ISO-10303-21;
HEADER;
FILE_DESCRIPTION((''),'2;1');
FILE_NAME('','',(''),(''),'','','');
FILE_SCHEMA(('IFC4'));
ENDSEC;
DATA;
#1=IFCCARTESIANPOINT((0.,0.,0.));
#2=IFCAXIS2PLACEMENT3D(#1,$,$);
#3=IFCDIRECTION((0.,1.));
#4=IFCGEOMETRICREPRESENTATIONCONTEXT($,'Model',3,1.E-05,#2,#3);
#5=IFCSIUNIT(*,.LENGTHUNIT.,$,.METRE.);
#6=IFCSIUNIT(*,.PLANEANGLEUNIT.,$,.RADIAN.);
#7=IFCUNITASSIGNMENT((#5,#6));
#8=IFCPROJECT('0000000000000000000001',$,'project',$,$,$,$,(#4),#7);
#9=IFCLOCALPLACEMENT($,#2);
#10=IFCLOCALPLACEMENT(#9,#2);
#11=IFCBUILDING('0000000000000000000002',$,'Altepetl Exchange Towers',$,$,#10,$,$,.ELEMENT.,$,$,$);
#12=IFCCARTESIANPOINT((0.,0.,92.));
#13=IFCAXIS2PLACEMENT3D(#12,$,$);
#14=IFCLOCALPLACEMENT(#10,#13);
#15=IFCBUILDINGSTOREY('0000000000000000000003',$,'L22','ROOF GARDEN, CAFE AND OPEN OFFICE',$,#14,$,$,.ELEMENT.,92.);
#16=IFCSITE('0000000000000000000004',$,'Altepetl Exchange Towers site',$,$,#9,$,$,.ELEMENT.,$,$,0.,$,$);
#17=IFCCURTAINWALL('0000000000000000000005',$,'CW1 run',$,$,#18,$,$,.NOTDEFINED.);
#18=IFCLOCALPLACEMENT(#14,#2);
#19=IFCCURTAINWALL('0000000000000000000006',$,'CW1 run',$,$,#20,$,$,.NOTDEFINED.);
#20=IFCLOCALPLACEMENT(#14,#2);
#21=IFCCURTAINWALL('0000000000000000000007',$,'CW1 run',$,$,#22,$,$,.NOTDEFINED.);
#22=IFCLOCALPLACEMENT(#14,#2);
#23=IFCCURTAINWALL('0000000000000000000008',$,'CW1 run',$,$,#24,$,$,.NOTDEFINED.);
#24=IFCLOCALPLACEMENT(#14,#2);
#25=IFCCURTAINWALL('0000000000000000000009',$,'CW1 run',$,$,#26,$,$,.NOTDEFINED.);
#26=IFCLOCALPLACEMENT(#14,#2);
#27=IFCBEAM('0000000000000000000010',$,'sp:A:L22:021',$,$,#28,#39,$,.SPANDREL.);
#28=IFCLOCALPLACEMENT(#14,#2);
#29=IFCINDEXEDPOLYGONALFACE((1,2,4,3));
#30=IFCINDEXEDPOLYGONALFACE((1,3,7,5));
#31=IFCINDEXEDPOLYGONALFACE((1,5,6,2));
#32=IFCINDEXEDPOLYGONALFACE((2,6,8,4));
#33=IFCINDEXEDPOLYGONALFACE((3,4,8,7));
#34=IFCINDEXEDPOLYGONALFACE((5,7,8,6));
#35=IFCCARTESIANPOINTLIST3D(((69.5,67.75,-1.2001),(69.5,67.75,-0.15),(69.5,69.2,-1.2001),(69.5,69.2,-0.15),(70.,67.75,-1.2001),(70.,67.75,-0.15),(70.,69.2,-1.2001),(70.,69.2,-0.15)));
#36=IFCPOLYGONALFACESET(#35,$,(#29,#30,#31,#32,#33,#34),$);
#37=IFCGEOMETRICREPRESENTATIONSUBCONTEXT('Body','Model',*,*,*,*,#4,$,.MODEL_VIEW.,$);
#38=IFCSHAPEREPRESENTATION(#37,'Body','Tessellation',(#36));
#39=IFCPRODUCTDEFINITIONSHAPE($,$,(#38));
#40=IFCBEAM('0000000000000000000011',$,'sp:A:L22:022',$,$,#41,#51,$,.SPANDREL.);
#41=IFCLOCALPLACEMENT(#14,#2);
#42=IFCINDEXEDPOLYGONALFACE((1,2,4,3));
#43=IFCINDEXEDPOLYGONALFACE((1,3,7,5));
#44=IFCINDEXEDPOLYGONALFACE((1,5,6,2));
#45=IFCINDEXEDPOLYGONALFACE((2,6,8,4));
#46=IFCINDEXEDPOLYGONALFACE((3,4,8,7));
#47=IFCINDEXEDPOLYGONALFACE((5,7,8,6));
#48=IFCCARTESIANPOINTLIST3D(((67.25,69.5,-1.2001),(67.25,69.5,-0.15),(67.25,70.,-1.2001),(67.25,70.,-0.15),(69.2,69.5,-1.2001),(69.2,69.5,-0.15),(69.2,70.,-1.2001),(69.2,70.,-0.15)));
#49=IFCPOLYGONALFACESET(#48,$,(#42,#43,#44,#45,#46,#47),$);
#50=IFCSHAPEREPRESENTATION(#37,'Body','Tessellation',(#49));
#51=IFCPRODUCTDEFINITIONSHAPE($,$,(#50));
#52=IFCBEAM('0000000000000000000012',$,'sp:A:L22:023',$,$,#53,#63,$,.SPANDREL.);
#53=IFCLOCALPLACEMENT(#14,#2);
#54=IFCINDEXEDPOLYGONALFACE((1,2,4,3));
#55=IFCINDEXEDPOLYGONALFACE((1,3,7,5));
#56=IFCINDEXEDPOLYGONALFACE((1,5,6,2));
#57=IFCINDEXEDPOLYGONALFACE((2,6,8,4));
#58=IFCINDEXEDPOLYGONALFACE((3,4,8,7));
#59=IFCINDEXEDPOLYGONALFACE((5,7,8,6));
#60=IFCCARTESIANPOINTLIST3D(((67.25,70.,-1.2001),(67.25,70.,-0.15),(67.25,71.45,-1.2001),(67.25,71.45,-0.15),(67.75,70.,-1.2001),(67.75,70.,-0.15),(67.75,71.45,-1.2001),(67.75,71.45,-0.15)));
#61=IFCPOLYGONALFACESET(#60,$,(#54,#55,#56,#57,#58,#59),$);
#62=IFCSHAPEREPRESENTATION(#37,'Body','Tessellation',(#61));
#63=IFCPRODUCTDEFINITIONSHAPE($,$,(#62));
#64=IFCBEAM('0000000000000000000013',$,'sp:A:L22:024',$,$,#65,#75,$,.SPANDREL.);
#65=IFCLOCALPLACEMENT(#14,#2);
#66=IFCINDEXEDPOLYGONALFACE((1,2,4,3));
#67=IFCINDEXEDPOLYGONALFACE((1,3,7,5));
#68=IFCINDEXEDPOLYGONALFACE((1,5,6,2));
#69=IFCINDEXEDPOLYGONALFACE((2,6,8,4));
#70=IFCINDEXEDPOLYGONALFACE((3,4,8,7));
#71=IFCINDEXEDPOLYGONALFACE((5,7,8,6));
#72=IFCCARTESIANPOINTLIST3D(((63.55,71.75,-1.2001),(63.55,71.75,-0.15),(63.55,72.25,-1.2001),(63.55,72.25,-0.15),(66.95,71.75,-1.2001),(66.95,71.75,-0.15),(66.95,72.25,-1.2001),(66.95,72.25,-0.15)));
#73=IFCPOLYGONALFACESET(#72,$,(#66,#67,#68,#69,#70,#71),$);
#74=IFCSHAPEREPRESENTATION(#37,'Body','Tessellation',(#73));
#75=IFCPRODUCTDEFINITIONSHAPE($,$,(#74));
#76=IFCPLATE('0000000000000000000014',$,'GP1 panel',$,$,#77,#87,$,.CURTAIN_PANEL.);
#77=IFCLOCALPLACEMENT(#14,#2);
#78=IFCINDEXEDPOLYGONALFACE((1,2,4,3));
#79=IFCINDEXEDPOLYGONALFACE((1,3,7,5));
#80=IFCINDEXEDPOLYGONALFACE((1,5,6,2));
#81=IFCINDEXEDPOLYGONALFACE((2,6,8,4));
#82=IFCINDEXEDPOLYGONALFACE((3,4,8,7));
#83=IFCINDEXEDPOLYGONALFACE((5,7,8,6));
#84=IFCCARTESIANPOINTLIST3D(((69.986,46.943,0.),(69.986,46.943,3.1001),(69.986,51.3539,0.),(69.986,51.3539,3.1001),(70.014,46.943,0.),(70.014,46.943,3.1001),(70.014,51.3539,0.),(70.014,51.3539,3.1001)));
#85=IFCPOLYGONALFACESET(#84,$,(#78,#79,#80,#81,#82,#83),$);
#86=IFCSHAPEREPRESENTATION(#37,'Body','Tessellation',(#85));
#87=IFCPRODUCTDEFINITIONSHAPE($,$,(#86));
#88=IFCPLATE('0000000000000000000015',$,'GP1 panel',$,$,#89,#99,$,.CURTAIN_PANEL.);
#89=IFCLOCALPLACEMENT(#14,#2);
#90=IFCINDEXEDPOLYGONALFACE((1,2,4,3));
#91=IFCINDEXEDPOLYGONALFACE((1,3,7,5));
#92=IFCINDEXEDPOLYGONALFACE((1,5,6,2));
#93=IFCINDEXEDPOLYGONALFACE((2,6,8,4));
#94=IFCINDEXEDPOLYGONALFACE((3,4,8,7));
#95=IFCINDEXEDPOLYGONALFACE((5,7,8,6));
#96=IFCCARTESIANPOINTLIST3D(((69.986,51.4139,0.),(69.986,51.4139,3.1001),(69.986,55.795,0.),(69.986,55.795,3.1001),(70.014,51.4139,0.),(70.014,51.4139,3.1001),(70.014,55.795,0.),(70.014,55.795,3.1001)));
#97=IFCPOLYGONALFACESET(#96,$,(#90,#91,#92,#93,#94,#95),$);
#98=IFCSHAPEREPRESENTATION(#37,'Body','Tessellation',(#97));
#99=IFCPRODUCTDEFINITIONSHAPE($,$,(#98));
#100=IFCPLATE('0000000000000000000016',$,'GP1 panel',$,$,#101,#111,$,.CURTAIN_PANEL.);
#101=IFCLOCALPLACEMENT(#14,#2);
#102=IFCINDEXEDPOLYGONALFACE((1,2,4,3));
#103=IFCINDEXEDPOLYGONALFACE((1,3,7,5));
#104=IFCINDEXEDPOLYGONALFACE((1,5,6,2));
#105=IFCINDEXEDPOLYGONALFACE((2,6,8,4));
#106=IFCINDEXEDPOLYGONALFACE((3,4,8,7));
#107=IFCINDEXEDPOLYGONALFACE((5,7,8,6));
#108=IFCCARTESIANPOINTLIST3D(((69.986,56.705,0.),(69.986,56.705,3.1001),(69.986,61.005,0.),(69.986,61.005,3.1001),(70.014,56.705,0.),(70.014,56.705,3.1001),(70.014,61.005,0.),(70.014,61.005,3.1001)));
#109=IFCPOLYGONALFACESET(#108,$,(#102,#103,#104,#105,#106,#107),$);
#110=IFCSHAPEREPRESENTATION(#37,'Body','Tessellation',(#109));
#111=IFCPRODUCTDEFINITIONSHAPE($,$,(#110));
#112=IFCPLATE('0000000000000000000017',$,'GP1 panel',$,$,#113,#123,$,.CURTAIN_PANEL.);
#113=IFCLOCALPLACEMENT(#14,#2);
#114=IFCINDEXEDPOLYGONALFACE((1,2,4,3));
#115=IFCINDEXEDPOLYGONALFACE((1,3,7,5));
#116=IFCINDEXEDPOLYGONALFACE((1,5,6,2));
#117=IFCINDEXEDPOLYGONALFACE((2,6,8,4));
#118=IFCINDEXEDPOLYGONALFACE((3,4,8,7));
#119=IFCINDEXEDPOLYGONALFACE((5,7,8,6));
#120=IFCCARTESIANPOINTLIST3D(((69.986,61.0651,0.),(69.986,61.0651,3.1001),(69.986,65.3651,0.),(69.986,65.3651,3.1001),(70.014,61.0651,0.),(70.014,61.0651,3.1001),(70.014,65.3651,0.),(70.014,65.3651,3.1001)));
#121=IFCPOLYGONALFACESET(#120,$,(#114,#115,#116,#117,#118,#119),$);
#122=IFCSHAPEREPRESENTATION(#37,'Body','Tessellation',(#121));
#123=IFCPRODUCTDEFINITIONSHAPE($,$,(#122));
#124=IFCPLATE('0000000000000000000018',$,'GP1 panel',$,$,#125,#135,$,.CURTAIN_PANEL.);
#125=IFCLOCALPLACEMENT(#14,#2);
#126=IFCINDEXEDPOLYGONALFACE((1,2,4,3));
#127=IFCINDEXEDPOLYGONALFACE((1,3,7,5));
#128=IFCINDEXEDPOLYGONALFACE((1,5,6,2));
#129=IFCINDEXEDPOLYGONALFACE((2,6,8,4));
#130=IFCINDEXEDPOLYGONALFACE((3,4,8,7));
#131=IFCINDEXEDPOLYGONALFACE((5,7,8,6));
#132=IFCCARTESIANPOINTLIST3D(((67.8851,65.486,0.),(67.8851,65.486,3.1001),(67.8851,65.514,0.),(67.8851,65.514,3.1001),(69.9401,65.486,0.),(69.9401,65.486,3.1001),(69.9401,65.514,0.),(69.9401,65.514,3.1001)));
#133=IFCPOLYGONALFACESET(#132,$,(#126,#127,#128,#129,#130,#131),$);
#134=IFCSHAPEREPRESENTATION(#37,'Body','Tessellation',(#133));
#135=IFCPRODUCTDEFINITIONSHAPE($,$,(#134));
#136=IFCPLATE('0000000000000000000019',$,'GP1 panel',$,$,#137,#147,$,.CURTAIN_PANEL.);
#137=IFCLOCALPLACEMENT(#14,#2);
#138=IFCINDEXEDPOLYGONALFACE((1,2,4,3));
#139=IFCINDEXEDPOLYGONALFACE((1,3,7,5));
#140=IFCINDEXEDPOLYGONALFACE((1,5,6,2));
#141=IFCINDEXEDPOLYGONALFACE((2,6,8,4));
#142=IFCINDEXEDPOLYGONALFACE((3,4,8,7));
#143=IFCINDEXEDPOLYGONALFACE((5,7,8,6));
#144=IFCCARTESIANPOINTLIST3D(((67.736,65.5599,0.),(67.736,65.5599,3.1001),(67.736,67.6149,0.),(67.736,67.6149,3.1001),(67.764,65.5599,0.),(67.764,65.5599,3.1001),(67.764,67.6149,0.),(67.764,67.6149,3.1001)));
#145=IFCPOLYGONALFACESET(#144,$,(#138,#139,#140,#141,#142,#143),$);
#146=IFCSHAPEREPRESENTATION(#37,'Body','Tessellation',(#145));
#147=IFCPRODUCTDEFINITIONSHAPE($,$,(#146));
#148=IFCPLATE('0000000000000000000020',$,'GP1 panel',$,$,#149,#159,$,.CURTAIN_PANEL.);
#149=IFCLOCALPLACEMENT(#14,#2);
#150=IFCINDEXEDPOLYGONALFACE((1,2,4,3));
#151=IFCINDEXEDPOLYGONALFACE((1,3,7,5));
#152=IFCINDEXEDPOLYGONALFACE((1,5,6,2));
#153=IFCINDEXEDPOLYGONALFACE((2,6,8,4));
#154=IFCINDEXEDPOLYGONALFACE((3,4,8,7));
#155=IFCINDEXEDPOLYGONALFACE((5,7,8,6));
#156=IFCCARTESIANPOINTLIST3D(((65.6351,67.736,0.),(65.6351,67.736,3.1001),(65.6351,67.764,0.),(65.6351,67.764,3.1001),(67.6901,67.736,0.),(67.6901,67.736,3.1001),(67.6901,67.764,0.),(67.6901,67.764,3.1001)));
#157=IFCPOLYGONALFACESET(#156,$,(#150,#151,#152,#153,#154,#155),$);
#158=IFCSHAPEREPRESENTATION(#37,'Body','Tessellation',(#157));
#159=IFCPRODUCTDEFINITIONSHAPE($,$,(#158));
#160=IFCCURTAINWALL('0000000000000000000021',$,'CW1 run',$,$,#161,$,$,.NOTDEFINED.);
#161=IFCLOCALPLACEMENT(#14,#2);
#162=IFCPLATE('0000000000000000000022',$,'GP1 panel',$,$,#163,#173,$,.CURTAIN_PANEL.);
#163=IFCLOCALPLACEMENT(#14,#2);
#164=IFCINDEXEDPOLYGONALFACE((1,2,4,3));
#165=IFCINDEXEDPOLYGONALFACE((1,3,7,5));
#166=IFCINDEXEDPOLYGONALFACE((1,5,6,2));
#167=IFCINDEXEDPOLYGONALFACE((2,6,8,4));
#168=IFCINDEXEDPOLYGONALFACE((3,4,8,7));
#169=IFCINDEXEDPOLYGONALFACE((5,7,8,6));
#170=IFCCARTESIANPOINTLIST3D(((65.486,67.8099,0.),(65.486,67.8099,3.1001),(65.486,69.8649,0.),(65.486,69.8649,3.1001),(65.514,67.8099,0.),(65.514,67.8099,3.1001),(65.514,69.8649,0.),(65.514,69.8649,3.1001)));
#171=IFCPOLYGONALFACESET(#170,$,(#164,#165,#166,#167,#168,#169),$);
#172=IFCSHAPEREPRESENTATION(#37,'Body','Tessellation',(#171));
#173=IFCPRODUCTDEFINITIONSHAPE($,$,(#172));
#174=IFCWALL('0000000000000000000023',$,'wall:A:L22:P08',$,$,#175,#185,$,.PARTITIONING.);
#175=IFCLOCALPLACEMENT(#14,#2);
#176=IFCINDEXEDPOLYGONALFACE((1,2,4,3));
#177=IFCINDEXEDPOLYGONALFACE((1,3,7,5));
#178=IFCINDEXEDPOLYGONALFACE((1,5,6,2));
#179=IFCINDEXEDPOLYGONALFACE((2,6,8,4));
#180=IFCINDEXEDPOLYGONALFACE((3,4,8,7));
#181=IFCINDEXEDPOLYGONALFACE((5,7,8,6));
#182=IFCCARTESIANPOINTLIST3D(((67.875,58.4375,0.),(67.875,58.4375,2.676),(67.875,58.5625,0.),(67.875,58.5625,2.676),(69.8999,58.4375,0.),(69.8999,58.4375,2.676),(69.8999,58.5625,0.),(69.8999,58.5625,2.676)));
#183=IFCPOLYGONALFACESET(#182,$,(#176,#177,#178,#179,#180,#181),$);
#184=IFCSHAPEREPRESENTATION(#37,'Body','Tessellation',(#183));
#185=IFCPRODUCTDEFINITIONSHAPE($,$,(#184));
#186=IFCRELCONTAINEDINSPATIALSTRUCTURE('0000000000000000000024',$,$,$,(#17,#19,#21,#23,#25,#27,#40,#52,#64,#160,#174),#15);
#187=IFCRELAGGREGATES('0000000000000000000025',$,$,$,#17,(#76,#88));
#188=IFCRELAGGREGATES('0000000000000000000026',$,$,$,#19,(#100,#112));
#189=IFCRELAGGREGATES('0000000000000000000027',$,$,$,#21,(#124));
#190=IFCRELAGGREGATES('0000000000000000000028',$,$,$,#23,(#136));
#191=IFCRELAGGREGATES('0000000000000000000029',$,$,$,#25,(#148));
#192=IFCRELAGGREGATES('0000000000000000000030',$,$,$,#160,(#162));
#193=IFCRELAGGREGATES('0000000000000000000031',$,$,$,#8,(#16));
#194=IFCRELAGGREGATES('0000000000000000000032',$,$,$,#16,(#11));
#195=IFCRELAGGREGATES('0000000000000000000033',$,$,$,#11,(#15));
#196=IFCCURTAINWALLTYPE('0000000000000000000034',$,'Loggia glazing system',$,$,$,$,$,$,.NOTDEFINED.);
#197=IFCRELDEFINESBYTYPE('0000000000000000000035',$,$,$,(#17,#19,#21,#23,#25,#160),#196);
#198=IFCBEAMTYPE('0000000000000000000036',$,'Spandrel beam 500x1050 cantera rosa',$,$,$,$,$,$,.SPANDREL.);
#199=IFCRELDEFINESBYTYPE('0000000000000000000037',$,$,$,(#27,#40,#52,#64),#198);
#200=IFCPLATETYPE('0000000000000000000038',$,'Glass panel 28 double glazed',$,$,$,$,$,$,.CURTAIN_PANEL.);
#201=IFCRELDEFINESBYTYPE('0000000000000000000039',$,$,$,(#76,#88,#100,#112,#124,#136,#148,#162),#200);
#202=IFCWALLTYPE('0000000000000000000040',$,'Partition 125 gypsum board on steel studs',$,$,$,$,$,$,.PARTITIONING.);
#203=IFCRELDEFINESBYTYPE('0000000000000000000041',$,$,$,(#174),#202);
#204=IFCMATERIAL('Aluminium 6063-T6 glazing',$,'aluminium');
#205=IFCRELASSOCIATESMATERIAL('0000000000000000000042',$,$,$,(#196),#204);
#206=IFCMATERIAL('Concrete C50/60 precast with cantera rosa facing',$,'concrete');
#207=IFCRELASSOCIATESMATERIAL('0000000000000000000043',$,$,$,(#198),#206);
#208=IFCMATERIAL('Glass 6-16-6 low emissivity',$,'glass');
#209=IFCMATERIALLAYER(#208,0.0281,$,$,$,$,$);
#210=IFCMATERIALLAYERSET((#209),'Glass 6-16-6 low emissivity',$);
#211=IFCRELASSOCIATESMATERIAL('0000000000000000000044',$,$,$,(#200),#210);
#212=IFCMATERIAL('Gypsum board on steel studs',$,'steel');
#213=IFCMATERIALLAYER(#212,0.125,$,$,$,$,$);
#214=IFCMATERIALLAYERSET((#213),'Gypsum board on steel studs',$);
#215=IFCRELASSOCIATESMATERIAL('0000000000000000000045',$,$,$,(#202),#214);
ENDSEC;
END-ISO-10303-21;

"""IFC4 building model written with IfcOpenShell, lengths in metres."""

from ifc_helpers import new_model, si_unit, direction, frame, frame_2d, origin, origin_2d, place, context, subcontext, project, spatial, rectangle, extrude, material, layer, layer_set, material_profile, profile_set, type_object, element, aggregate, save


model = new_model("IFC4")

# Units and contexts
model_context = context("Model", 3, precision=1e-05, world=origin(), true_north=direction((0.0, 1.0)))
body_context = subcontext(model_context, "Body", "Model", "MODEL_VIEW")
ifc_project = project(units=[si_unit("LENGTHUNIT", "METRE"), si_unit("PLANEANGLEUNIT", "RADIAN")], contexts=[model_context])

# Site, building, storey
site_placement = place(None, origin())
site = spatial("IfcSite", under=ifc_project, at=site_placement, Name="Altepetl Exchange Towers site", CompositionType="ELEMENT", RefElevation=0.0)
building_placement = place(site_placement, origin())
building = spatial("IfcBuilding", under=site, at=building_placement, Name="Altepetl Exchange Towers", CompositionType="ELEMENT")
storey_placement = place(building_placement, frame((0.0, 0.0, 92.0)))
storey = spatial("IfcBuildingStorey", under=building, at=storey_placement, Name="L22", Description="ROOF GARDEN, CAFE AND OPEN OFFICE", CompositionType="ELEMENT", Elevation=92.0)

# Curtain walls
ifc_material_1 = material(Name="Aluminium 6063-T6 glazing", Category="aluminium")
curtain_wall_type = type_object("IfcCurtainWallType", Name="Loggia glazing system", PredefinedType="NOTDEFINED", material=ifc_material_1)
curtain_wall_1_placement = place(storey_placement, origin())
curtain_wall_1 = element("IfcCurtainWall", 1, at=curtain_wall_1_placement, inside=storey, type_object=curtain_wall_type, Name="CW1 run", PredefinedType="NOTDEFINED")
curtain_wall_2_placement = place(storey_placement, origin())
curtain_wall_2 = element("IfcCurtainWall", 2, at=curtain_wall_2_placement, inside=storey, type_object=curtain_wall_type, Name="CW1 run", PredefinedType="NOTDEFINED")
curtain_wall_3_placement = place(storey_placement, origin())
curtain_wall_3 = element("IfcCurtainWall", 3, at=curtain_wall_3_placement, inside=storey, type_object=curtain_wall_type, Name="CW1 run", PredefinedType="NOTDEFINED")
curtain_wall_4_placement = place(storey_placement, origin())
curtain_wall_4 = element("IfcCurtainWall", 4, at=curtain_wall_4_placement, inside=storey, type_object=curtain_wall_type, Name="CW1 run", PredefinedType="NOTDEFINED")
curtain_wall_5_placement = place(storey_placement, origin())
curtain_wall_5 = element("IfcCurtainWall", 5, at=curtain_wall_5_placement, inside=storey, type_object=curtain_wall_type, Name="CW1 run", PredefinedType="NOTDEFINED")

# Beams
ifc_material_2 = material(Name="Concrete C50/60 precast with cantera rosa facing", Category="concrete")
ifc_material_profile_1 = material_profile(ifc_material_2, rectangle(XDim=0.5, YDim=1.05, at=origin_2d()), Name="500 x 1050")
ifc_profile_set_1 = profile_set([ifc_material_profile_1], Name="Concrete C50/60 precast with cantera rosa facing")
beam_type_1 = type_object("IfcBeamType", Name="Spandrel beam 500x1050 cantera rosa", PredefinedType="SPANDREL", material=ifc_profile_set_1)
beam_1_placement = place(storey_placement, frame((69.75, 67.75, -0.675), z_axis=(0.0, 1.0, 0.0), x_axis=(-1.0, 0.0, 0.0)))
element("IfcBeam", 6, at=beam_1_placement, inside=storey, type_object=beam_type_1, Name="sp:A:L22:021", PredefinedType="SPANDREL", context=body_context, shape_type="SweptSolid", body=[
    extrude(rectangle(XDim=0.5, YDim=1.05, at=origin_2d()), origin(), (0.0, 0.0, 1.0), 1.45),
])
beam_2_placement = place(storey_placement, frame((69.2, 69.75, -0.675), z_axis=(-1.0, 0.0, 0.0), x_axis=(0.0, -1.0, 0.0)))
element("IfcBeam", 7, at=beam_2_placement, inside=storey, type_object=beam_type_1, Name="sp:A:L22:022", PredefinedType="SPANDREL", context=body_context, shape_type="SweptSolid", body=[
    extrude(rectangle(XDim=0.5, YDim=1.05, at=origin_2d()), origin(), (0.0, 0.0, 1.0), 1.95),
])
beam_3_placement = place(storey_placement, frame((67.5, 70.0, -0.675), z_axis=(0.0, 1.0, 0.0), x_axis=(-1.0, 0.0, 0.0)))
element("IfcBeam", 8, at=beam_3_placement, inside=storey, type_object=beam_type_1, Name="sp:A:L22:023", PredefinedType="SPANDREL", context=body_context, shape_type="SweptSolid", body=[
    extrude(rectangle(XDim=0.5, YDim=1.05, at=origin_2d()), origin(), (0.0, 0.0, 1.0), 1.45),
])
beam_4_placement = place(storey_placement, frame((66.95, 72.0, -0.675), z_axis=(-1.0, 0.0, 0.0), x_axis=(0.0, -1.0, 0.0)))
element("IfcBeam", 9, at=beam_4_placement, inside=storey, type_object=beam_type_1, Name="sp:A:L22:024", PredefinedType="SPANDREL", context=body_context, shape_type="SweptSolid", body=[
    extrude(rectangle(XDim=0.5, YDim=1.05, at=origin_2d()), origin(), (0.0, 0.0, 1.0), 3.3999),
])

# Plates
ifc_material_3 = material(Name="Glass 6-16-6 low emissivity", Category="glass")
ifc_layer_1 = layer(ifc_material_3, 0.0281)
ifc_layer_set_1 = layer_set([ifc_layer_1], Name="Glass 6-16-6 low emissivity")
plate_type = type_object("IfcPlateType", Name="Glass panel 28 double glazed", PredefinedType="CURTAIN_PANEL", material=ifc_layer_set_1)
plate_1_placement = place(storey_placement, frame((70.0, 49.1484, 0.0), z_axis=(0.0, 0.0, 1.0), x_axis=(0.0, 1.0, 0.0)))
plate_1 = element("IfcPlate", 10, at=plate_1_placement, type_object=plate_type, Name="GP1 panel", PredefinedType="CURTAIN_PANEL", context=body_context, shape_type="SweptSolid", body=[
    extrude(rectangle(XDim=4.4109, YDim=0.0281, at=origin_2d()), origin(), (0.0, 0.0, 1.0), 3.1001),
])
plate_2_placement = place(storey_placement, frame((70.0, 53.6045, 0.0), z_axis=(0.0, 0.0, 1.0), x_axis=(0.0, 1.0, 0.0)))
plate_2 = element("IfcPlate", 11, at=plate_2_placement, type_object=plate_type, Name="GP1 panel", PredefinedType="CURTAIN_PANEL", context=body_context, shape_type="SweptSolid", body=[
    extrude(rectangle(XDim=4.3811, YDim=0.0281, at=origin_2d()), origin(), (0.0, 0.0, 1.0), 3.1001),
])
aggregate(curtain_wall_1, [plate_1, plate_2])
plate_3_placement = place(storey_placement, frame((70.0, 58.855, 0.0), z_axis=(0.0, 0.0, 1.0), x_axis=(0.0, 1.0, 0.0)))
plate_3 = element("IfcPlate", 12, at=plate_3_placement, type_object=plate_type, Name="GP1 panel", PredefinedType="CURTAIN_PANEL", context=body_context, shape_type="SweptSolid", body=[
    extrude(rectangle(XDim=4.3, YDim=0.0281, at=origin_2d()), origin(), (0.0, 0.0, 1.0), 3.1001),
])
plate_4_placement = place(storey_placement, frame((70.0, 63.2151, 0.0), z_axis=(0.0, 0.0, 1.0), x_axis=(0.0, 1.0, 0.0)))
plate_4 = element("IfcPlate", 13, at=plate_4_placement, type_object=plate_type, Name="GP1 panel", PredefinedType="CURTAIN_PANEL", context=body_context, shape_type="SweptSolid", body=[
    extrude(rectangle(XDim=4.3, YDim=0.0281, at=origin_2d()), origin(), (0.0, 0.0, 1.0), 3.1001),
])
aggregate(curtain_wall_2, [plate_3, plate_4])
plate_5_placement = place(storey_placement, frame((68.9126, 65.5, 0.0), z_axis=(0.0, 0.0, 1.0), x_axis=(-1.0, 0.0, 0.0)))
plate_5 = element("IfcPlate", 14, at=plate_5_placement, type_object=plate_type, Name="GP1 panel", PredefinedType="CURTAIN_PANEL", context=body_context, shape_type="SweptSolid", body=[
    extrude(rectangle(XDim=2.0549, YDim=0.0281, at=origin_2d()), origin(), (0.0, 0.0, 1.0), 3.1001),
])
aggregate(curtain_wall_3, [plate_5])
plate_6_placement = place(storey_placement, frame((67.75, 66.5874, 0.0), z_axis=(0.0, 0.0, 1.0), x_axis=(0.0, 1.0, 0.0)))
plate_6 = element("IfcPlate", 15, at=plate_6_placement, type_object=plate_type, Name="GP1 panel", PredefinedType="CURTAIN_PANEL", context=body_context, shape_type="SweptSolid", body=[
    extrude(rectangle(XDim=2.0549, YDim=0.0281, at=origin_2d()), origin(), (0.0, 0.0, 1.0), 3.1001),
])
aggregate(curtain_wall_4, [plate_6])
plate_7_placement = place(storey_placement, frame((66.6626, 67.75, 0.0), z_axis=(0.0, 0.0, 1.0), x_axis=(-1.0, 0.0, 0.0)))
plate_7 = element("IfcPlate", 16, at=plate_7_placement, type_object=plate_type, Name="GP1 panel", PredefinedType="CURTAIN_PANEL", context=body_context, shape_type="SweptSolid", body=[
    extrude(rectangle(XDim=2.0549, YDim=0.0281, at=origin_2d()), origin(), (0.0, 0.0, 1.0), 3.1001),
])
aggregate(curtain_wall_5, [plate_7])

# Curtain wall, plate
curtain_wall_6_placement = place(storey_placement, origin())
curtain_wall_6 = element("IfcCurtainWall", 17, at=curtain_wall_6_placement, inside=storey, type_object=curtain_wall_type, Name="CW1 run", PredefinedType="NOTDEFINED")
plate_8_placement = place(storey_placement, frame((65.5, 68.8374, 0.0), z_axis=(0.0, 0.0, 1.0), x_axis=(0.0, 1.0, 0.0)))
plate_8 = element("IfcPlate", 18, at=plate_8_placement, type_object=plate_type, Name="GP1 panel", PredefinedType="CURTAIN_PANEL", context=body_context, shape_type="SweptSolid", body=[
    extrude(rectangle(XDim=2.0549, YDim=0.0281, at=origin_2d()), origin(), (0.0, 0.0, 1.0), 3.1001),
])
aggregate(curtain_wall_6, [plate_8])

# Wall
ifc_material_4 = material(Name="Gypsum board on steel studs", Category="steel")
ifc_layer_2 = layer(ifc_material_4, 0.125)
ifc_layer_set_2 = layer_set([ifc_layer_2], Name="Gypsum board on steel studs")
wall_type = type_object("IfcWallType", Name="Partition 125 gypsum board on steel studs", PredefinedType="PARTITIONING", material=ifc_layer_set_2)
wall_placement = place(storey_placement, frame((67.875, 58.5, 0.0)))
element("IfcWall", 19, at=wall_placement, inside=storey, type_object=wall_type, Name="wall:A:L22:P08", PredefinedType="PARTITIONING", context=body_context, shape_type="SweptSolid", body=[
    extrude(rectangle(XDim=2.0249, YDim=0.125, at=frame_2d((1.0125, 0.0))), origin(), (0.0, 0.0, 1.0), 2.676),
])

save(model, "model.ifc")
